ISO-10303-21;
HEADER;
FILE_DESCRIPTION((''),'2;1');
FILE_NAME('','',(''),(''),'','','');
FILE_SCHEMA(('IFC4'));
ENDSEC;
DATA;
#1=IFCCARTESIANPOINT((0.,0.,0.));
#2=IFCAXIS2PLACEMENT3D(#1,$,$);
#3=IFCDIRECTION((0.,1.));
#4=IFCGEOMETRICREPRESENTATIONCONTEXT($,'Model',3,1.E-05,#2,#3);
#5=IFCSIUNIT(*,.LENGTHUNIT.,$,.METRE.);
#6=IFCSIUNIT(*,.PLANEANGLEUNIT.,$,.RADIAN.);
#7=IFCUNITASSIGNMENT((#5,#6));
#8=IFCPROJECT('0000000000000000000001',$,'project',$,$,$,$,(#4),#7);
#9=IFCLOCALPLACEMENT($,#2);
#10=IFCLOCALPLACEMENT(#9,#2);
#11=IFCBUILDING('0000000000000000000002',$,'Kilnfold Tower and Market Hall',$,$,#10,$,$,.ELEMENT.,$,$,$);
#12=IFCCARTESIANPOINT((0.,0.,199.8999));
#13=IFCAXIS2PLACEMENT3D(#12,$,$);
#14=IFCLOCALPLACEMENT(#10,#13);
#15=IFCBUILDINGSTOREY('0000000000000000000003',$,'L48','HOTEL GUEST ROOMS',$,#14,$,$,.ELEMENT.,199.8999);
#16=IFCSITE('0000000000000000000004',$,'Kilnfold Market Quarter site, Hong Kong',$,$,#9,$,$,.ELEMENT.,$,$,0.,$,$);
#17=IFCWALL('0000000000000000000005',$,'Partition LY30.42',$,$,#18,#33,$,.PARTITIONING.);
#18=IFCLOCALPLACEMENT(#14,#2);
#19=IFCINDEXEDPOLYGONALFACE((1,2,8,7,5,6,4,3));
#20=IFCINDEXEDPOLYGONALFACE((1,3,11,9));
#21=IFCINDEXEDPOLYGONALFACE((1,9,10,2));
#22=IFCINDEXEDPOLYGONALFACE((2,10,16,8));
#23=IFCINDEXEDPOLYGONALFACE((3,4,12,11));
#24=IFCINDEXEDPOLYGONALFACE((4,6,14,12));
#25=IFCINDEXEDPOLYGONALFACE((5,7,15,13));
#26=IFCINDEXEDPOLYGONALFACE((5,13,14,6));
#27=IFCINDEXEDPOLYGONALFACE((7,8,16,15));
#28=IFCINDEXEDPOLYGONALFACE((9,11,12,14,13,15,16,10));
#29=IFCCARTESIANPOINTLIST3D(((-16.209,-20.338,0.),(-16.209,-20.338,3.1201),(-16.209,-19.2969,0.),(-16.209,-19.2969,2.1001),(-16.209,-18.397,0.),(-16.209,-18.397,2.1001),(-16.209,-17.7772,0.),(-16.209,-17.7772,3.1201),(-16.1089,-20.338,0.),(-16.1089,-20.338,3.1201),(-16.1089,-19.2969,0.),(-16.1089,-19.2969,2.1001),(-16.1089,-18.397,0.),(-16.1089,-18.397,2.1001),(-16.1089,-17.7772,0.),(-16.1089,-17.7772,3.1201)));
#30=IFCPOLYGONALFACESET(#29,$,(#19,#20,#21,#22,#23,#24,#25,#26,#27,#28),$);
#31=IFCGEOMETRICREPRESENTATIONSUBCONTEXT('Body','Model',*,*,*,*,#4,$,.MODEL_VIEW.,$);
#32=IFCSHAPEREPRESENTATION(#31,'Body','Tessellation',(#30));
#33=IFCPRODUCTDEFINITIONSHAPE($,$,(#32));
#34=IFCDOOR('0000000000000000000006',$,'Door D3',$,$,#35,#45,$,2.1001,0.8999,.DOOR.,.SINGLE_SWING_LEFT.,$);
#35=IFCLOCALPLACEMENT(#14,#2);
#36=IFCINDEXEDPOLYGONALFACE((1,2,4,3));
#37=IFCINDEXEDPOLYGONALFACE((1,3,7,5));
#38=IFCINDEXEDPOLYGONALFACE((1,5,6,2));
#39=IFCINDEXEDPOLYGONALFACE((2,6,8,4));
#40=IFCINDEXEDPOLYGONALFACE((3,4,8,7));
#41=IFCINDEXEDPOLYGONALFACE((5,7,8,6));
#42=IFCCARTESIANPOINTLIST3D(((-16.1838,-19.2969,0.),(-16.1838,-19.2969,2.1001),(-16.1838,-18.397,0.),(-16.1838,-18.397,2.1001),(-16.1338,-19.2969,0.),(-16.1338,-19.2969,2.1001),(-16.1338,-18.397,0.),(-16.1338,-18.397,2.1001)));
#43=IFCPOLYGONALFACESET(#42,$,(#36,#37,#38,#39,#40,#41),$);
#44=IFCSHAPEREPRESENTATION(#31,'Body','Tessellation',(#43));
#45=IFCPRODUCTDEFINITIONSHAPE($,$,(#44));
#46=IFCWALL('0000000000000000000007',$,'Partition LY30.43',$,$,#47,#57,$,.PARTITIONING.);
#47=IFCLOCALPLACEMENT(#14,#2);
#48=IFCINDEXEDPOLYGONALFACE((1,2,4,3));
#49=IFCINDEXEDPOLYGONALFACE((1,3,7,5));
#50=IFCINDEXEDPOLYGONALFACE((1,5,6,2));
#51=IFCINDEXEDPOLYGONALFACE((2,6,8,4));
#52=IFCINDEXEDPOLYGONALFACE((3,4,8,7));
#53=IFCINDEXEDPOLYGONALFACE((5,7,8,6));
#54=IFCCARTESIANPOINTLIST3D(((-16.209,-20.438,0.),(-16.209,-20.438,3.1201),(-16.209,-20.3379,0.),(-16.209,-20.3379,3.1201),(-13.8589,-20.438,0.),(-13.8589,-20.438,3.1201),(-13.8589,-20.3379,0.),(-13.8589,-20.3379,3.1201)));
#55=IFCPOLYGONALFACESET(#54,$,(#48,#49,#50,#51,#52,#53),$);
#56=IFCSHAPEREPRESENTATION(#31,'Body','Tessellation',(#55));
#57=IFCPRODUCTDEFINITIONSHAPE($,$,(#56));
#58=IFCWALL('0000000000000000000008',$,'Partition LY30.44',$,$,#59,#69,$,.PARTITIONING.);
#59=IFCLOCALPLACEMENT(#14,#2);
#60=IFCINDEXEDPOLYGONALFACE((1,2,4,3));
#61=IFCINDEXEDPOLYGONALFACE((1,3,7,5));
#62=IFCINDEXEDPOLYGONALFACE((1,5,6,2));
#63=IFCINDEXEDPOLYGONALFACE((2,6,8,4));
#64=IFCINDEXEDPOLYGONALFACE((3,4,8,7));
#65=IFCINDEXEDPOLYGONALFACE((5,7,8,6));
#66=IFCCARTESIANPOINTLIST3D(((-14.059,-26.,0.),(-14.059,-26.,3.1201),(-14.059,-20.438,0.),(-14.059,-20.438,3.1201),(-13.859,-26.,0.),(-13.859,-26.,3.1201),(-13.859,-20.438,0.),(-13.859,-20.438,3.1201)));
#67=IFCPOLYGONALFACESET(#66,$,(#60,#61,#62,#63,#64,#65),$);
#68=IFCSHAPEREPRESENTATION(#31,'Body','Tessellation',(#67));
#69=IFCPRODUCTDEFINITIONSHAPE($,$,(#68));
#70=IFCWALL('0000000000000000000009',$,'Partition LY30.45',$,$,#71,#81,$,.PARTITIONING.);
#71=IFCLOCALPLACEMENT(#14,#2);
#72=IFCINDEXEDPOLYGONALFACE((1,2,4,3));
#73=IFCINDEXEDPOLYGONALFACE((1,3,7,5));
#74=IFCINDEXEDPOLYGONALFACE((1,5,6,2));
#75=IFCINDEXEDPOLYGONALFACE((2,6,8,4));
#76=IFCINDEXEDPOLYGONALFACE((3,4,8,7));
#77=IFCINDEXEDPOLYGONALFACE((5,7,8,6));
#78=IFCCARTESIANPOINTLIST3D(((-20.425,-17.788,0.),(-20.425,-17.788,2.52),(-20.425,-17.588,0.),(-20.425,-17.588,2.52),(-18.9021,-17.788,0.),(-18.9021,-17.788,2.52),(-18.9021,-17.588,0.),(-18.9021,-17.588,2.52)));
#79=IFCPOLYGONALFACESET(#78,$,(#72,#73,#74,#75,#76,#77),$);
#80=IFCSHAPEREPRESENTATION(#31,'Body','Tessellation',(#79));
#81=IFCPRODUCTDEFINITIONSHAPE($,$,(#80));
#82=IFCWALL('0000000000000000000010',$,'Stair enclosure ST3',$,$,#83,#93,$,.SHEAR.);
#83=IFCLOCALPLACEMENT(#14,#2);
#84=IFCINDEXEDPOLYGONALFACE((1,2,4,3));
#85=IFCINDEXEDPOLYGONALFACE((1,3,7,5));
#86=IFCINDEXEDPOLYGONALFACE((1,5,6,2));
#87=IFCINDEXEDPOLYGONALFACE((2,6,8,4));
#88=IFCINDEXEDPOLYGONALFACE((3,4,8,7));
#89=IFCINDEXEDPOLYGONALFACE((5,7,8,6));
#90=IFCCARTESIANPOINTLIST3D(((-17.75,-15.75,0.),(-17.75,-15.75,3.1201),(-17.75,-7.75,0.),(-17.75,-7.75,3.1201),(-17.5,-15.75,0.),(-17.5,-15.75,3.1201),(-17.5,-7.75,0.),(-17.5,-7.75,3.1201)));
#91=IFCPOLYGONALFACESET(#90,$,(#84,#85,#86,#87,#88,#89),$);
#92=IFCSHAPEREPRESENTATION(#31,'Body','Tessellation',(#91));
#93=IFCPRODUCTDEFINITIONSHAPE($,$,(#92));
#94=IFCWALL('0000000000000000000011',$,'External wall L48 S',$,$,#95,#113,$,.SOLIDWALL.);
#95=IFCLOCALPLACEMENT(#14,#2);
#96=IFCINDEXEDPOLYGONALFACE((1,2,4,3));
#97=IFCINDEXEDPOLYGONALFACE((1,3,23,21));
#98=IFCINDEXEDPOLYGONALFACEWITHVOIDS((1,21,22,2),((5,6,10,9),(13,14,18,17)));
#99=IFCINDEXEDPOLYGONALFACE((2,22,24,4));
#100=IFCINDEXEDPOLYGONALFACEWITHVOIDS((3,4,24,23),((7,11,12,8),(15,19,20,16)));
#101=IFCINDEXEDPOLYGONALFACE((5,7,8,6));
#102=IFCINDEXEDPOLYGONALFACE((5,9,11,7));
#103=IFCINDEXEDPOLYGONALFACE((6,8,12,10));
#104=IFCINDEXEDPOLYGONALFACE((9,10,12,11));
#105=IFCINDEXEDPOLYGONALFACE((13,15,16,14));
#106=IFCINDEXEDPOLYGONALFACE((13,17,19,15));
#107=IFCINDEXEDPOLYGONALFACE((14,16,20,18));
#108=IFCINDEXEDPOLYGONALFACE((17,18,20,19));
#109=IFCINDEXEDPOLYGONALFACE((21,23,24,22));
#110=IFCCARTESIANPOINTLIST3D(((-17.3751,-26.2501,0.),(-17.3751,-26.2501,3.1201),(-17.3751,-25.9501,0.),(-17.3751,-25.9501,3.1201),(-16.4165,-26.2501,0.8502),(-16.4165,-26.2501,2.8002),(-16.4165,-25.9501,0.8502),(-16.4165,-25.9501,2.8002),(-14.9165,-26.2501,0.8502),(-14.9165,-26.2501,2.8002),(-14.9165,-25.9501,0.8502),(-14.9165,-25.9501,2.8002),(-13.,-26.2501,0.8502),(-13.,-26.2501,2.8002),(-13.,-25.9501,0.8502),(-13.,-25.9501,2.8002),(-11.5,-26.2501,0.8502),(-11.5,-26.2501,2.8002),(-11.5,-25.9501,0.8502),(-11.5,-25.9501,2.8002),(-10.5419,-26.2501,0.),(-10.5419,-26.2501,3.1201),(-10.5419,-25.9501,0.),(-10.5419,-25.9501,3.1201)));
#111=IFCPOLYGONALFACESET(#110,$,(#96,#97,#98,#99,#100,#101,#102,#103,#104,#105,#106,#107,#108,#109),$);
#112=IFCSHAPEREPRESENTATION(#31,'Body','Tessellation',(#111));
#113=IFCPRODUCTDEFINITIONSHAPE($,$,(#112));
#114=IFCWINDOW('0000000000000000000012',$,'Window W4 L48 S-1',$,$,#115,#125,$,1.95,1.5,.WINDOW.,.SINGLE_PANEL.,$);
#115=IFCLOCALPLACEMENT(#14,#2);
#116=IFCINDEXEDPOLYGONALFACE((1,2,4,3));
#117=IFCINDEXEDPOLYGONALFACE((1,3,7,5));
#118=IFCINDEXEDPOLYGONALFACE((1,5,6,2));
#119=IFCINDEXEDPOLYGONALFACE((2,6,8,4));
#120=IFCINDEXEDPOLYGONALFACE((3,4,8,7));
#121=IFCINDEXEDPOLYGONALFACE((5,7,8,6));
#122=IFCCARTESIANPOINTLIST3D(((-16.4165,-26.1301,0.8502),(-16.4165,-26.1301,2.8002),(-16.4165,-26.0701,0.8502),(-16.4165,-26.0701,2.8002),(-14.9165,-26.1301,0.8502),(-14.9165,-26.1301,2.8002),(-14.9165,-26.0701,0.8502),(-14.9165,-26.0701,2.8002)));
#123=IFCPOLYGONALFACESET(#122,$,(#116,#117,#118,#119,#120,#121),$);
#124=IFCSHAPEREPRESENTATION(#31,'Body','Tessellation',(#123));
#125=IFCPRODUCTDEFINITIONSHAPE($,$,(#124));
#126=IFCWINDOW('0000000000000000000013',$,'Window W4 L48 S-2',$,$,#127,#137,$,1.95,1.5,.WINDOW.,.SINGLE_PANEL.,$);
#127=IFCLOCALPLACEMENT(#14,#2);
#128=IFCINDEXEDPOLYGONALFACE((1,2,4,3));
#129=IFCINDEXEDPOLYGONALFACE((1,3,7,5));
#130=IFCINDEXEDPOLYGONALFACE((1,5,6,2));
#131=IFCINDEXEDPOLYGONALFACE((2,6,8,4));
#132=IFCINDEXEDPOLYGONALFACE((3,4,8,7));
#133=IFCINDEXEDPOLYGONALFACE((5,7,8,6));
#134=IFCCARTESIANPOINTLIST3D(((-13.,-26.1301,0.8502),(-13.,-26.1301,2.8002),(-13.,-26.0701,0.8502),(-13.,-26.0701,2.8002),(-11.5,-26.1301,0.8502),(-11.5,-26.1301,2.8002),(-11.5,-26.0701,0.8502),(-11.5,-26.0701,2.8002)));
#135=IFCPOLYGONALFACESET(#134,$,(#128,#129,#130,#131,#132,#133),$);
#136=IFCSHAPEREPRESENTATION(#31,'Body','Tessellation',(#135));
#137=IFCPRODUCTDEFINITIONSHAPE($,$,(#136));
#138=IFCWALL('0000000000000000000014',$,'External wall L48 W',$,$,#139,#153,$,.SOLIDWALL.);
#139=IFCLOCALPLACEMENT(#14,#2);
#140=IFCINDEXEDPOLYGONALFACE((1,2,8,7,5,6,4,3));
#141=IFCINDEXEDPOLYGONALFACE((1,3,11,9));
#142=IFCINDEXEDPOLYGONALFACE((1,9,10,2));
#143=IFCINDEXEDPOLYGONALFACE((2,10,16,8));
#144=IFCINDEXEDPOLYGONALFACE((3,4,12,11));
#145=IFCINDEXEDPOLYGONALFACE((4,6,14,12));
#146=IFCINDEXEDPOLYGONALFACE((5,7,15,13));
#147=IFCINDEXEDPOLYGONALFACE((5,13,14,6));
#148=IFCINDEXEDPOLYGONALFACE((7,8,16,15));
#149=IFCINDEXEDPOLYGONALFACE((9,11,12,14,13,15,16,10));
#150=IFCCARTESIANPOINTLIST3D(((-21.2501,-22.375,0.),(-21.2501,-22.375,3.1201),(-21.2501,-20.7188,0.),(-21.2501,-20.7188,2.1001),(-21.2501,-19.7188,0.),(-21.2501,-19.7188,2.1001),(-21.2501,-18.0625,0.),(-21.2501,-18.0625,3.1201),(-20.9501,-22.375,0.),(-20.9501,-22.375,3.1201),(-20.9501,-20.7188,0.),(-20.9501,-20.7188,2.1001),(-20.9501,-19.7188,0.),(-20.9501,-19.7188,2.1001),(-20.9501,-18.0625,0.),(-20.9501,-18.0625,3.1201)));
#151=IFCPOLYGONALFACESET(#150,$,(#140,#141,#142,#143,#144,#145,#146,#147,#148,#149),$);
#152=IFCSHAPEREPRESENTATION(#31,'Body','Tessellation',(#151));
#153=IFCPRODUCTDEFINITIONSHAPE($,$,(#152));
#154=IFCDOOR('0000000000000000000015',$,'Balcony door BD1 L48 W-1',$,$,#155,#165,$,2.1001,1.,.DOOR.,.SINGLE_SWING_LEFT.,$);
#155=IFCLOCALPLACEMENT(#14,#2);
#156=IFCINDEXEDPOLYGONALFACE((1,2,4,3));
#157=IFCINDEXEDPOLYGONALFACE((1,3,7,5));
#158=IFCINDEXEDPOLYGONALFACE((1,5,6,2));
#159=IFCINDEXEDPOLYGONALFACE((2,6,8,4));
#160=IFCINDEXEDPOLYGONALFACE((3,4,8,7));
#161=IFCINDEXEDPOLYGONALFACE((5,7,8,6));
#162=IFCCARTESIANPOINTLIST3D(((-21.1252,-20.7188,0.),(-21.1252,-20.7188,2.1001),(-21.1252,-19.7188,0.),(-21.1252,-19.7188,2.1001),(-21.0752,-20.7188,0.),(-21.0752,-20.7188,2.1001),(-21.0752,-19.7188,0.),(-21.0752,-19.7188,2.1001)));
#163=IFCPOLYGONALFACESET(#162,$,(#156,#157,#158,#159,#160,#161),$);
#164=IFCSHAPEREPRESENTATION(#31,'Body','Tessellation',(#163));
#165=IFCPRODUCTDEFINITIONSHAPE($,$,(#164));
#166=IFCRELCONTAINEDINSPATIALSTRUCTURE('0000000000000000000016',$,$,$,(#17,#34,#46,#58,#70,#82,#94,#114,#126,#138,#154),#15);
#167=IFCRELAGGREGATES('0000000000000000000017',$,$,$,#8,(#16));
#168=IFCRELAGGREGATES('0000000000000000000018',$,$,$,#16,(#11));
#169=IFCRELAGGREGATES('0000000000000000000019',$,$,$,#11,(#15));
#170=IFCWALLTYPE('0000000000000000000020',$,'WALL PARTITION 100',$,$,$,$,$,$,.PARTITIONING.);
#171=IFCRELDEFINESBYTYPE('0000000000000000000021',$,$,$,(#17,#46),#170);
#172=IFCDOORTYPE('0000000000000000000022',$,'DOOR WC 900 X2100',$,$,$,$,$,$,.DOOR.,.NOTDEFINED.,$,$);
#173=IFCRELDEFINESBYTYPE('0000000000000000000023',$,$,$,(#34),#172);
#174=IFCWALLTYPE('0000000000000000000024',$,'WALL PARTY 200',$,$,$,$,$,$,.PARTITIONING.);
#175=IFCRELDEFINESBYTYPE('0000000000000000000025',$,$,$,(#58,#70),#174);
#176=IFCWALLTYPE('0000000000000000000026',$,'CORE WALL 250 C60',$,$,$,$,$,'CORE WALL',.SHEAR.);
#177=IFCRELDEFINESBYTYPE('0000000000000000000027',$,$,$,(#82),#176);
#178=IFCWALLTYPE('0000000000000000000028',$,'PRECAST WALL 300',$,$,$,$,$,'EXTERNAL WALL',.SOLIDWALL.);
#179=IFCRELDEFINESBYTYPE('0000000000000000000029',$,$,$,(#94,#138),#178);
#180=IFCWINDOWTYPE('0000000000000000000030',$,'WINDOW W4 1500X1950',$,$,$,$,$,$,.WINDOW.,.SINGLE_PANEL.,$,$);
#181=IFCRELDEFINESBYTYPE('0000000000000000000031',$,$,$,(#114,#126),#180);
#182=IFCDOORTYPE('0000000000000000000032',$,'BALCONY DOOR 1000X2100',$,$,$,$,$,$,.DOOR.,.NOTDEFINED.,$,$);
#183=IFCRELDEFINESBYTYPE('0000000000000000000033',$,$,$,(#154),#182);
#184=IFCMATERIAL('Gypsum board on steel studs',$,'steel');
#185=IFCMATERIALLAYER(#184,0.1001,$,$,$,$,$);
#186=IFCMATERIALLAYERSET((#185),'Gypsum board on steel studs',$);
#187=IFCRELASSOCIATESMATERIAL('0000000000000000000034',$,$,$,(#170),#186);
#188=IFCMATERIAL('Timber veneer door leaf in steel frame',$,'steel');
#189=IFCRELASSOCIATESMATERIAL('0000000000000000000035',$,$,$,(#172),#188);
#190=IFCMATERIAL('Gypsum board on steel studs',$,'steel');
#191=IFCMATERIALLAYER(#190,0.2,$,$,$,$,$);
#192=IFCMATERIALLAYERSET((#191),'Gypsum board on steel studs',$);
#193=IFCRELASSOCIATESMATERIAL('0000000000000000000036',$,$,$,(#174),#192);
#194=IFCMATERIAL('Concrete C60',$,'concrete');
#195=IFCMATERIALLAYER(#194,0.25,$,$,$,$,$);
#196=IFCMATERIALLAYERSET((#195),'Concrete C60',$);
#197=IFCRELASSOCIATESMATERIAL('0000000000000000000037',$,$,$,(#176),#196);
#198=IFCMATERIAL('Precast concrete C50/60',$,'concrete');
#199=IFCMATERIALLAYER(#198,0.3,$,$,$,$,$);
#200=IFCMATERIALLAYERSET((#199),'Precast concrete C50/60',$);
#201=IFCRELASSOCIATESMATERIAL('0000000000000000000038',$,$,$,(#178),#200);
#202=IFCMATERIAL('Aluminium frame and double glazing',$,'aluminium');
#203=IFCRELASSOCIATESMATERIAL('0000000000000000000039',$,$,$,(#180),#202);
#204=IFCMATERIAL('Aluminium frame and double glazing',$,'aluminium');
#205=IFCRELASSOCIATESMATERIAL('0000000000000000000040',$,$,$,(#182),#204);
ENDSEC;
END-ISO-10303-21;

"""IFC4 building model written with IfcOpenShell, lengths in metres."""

from ifc_helpers import new_model, si_unit, direction, frame, frame_2d, origin, place, context, subcontext, project, spatial, rectangle, extrude, source, transform, mapped, material, layer, layer_set, type_object, element, fill, save


model = new_model("IFC4")

# Units and contexts
model_context = context("Model", 3, precision=1e-05, world=origin(), true_north=direction((0.0, 1.0)))
body_context = subcontext(model_context, "Body", "Model", "MODEL_VIEW")
ifc_project = project(units=[si_unit("LENGTHUNIT", "METRE"), si_unit("PLANEANGLEUNIT", "RADIAN")], contexts=[model_context])

# Site, building, storey
site_placement = place(None, origin())
site = spatial("IfcSite", under=ifc_project, at=site_placement, Name="Kilnfold Market Quarter site, Hong Kong", CompositionType="ELEMENT", RefElevation=0.0)
building_placement = place(site_placement, origin())
building = spatial("IfcBuilding", under=site, at=building_placement, Name="Kilnfold Tower and Market Hall", CompositionType="ELEMENT")
storey_placement = place(building_placement, frame((0.0, 0.0, 199.8999)))
storey = spatial("IfcBuildingStorey", under=building, at=storey_placement, Name="L48", Description="HOTEL GUEST ROOMS", CompositionType="ELEMENT", Elevation=199.8999)

# Wall, opening, door
ifc_material_1 = material(Name="Gypsum board on steel studs", Category="steel")
ifc_layer_1 = layer(ifc_material_1, 0.1001)
ifc_layer_set_1 = layer_set([ifc_layer_1], Name="Gypsum board on steel studs")
wall_type_1 = type_object("IfcWallType", Name="WALL PARTITION 100", PredefinedType="PARTITIONING", material=ifc_layer_set_1)
wall_1_placement = place(storey_placement, frame((-16.1589, -20.3379, 0.0), z_axis=(0.0, 0.0, 1.0), x_axis=(0.0, 1.0, 0.0)))
wall_1 = element("IfcWall", 1, at=wall_1_placement, inside=storey, type_object=wall_type_1, Name="Partition LY30.42", PredefinedType="PARTITIONING", context=body_context, shape_type="SweptSolid", body=[
    extrude(rectangle(XDim=2.5608, YDim=0.1001, at=frame_2d((1.2803, 0.0))), origin(), (0.0, 0.0, 1.0), 3.1201),
])
opening_1_placement = place(wall_1_placement, frame((1.041, 0.0, 0.0)))
opening_1 = element("IfcOpeningElement", 2, at=opening_1_placement, cuts=wall_1, PredefinedType="OPENING", context=body_context, shape_type="SweptSolid", body=[
    extrude(rectangle(XDim=0.8999, YDim=2.1001, at=frame_2d((0.45, 1.05))), frame((0.0, 0.0601, 0.0), z_axis=(0.0, -1.0, 0.0), x_axis=(1.0, 0.0, 0.0)), (0.0, 0.0, 1.0), 0.1201),
])
ifc_material_2 = material(Name="Timber veneer door leaf in steel frame", Category="steel")
door_type_1 = type_object("IfcDoorType", Name="DOOR WC 900 X2100", OperationType="NOTDEFINED", PredefinedType="DOOR", material=ifc_material_2)
door_1_placement = place(opening_1_placement, origin())
door_1 = element("IfcDoor", 3, at=door_1_placement, inside=storey, type_object=door_type_1, Name="Door D3", OperationType="SINGLE_SWING_LEFT", OverallHeight=2.1001, OverallWidth=0.8999, PredefinedType="DOOR", context=body_context, shape_type="SweptSolid", body=[
    extrude(rectangle(XDim=0.8999, YDim=2.1001, at=frame_2d((0.45, 1.05))), frame((0.0, 0.0249, 0.0), z_axis=(0.0, -1.0, 0.0), x_axis=(1.0, 0.0, 0.0)), (0.0, 0.0, 1.0), 0.05),
])
fill(opening_1, door_1)

# Walls
wall_2_placement = place(storey_placement, frame((-16.209, -20.3879, 0.0), z_axis=(0.0, 0.0, 1.0), x_axis=(1.0, 0.0, 0.0)))
element("IfcWall", 4, at=wall_2_placement, inside=storey, type_object=wall_type_1, Name="Partition LY30.43", PredefinedType="PARTITIONING", context=body_context, shape_type="SweptSolid", body=[
    extrude(rectangle(XDim=2.3501, YDim=0.1001, at=frame_2d((1.175, 0.0))), origin(), (0.0, 0.0, 1.0), 3.1201),
])
ifc_material_3 = material(Name="Gypsum board on steel studs", Category="steel")
ifc_layer_2 = layer(ifc_material_3, 0.2)
ifc_layer_set_2 = layer_set([ifc_layer_2], Name="Gypsum board on steel studs")
wall_type_2 = type_object("IfcWallType", Name="WALL PARTY 200", PredefinedType="PARTITIONING", material=ifc_layer_set_2)
wall_3_placement = place(storey_placement, frame((-13.959, -26.0, 0.0), z_axis=(0.0, 0.0, 1.0), x_axis=(0.0, 1.0, 0.0)))
element("IfcWall", 5, at=wall_3_placement, inside=storey, type_object=wall_type_2, Name="Partition LY30.44", PredefinedType="PARTITIONING", context=body_context, shape_type="SweptSolid", body=[
    extrude(rectangle(XDim=5.562, YDim=0.2, at=frame_2d((2.781, 0.0))), origin(), (0.0, 0.0, 1.0), 3.1201),
])
wall_4_placement = place(storey_placement, frame((-20.425, -17.688, 0.0), z_axis=(0.0, 0.0, 1.0), x_axis=(1.0, 0.0, 0.0)))
element("IfcWall", 6, at=wall_4_placement, inside=storey, type_object=wall_type_2, Name="Partition LY30.45", PredefinedType="PARTITIONING", context=body_context, shape_type="SweptSolid", body=[
    extrude(rectangle(XDim=1.5229, YDim=0.2, at=frame_2d((0.7615, 0.0))), origin(), (0.0, 0.0, 1.0), 2.52),
])
ifc_material_4 = material(Name="Concrete C60", Category="concrete")
ifc_layer_3 = layer(ifc_material_4, 0.25)
ifc_layer_set_3 = layer_set([ifc_layer_3], Name="Concrete C60")
wall_type_3 = type_object("IfcWallType", Name="CORE WALL 250 C60", ElementType="CORE WALL", PredefinedType="SHEAR", material=ifc_layer_set_3)
shared_shape_1 = source(origin(), body_context, "Body", "SweptSolid", [
    extrude(rectangle(XDim=8.0, YDim=0.25, at=frame_2d((4.0, 0.0))), origin(), (0.0, 0.0, 1.0), 3.1201),
])
wall_5_placement = place(storey_placement, frame((-17.625, -15.75, 0.0), z_axis=(0.0, 0.0, 1.0), x_axis=(0.0, 1.0, 0.0)))
element("IfcWall", 7, at=wall_5_placement, inside=storey, type_object=wall_type_3, Name="Stair enclosure ST3", PredefinedType="SHEAR", context=body_context, shape_type="MappedRepresentation", body=[
    mapped(shared_shape_1, transform((0.0, 0.0, 0.0))),
])

# Wall, openings, windows
ifc_material_5 = material(Name="Precast concrete C50/60", Category="concrete")
ifc_layer_4 = layer(ifc_material_5, 0.3)
ifc_layer_set_4 = layer_set([ifc_layer_4], Name="Precast concrete C50/60")
wall_type_4 = type_object("IfcWallType", Name="PRECAST WALL 300", ElementType="EXTERNAL WALL", PredefinedType="SOLIDWALL", material=ifc_layer_set_4)
shared_shape_2 = source(origin(), body_context, "Body", "SweptSolid", [
    extrude(rectangle(XDim=6.8333, YDim=0.3, at=frame_2d((3.4165, 0.0))), origin(), (0.0, 0.0, 1.0), 3.1201),
])
wall_6_placement = place(storey_placement, frame((-17.375, -26.1001, 0.0), z_axis=(0.0, 0.0, 1.0), x_axis=(1.0, 0.0, 0.0)))
wall_6 = element("IfcWall", 8, at=wall_6_placement, inside=storey, type_object=wall_type_4, Name="External wall L48 S", PredefinedType="SOLIDWALL", context=body_context, shape_type="MappedRepresentation", body=[
    mapped(shared_shape_2, transform((0.0, 0.0, 0.0))),
])
opening_2_placement = place(wall_6_placement, frame((0.9585, 0.0, 0.8501)))
opening_2 = element("IfcOpeningElement", 9, at=opening_2_placement, cuts=wall_6, PredefinedType="OPENING", context=body_context, shape_type="SweptSolid", body=[
    extrude(rectangle(XDim=1.5, YDim=1.95, at=frame_2d((0.75, 0.9751))), frame((0.0, 0.1602, 0.0), z_axis=(0.0, -1.0, 0.0), x_axis=(1.0, 0.0, 0.0)), (0.0, 0.0, 1.0), 0.3201),
])
opening_3_placement = place(wall_6_placement, frame((4.375, 0.0, 0.8501)))
opening_3 = element("IfcOpeningElement", 10, at=opening_3_placement, cuts=wall_6, PredefinedType="OPENING", context=body_context, shape_type="SweptSolid", body=[
    extrude(rectangle(XDim=1.5, YDim=1.95, at=frame_2d((0.75, 0.9751))), frame((0.0, 0.1602, 0.0), z_axis=(0.0, -1.0, 0.0), x_axis=(1.0, 0.0, 0.0)), (0.0, 0.0, 1.0), 0.3201),
])
ifc_material_6 = material(Name="Aluminium frame and double glazing", Category="aluminium")
window_type = type_object("IfcWindowType", Name="WINDOW W4 1500X1950", PartitioningType="SINGLE_PANEL", PredefinedType="WINDOW", material=ifc_material_6)
window_1_placement = place(opening_2_placement, origin())
window_1 = element("IfcWindow", 11, at=window_1_placement, inside=storey, type_object=window_type, Name="Window W4 L48 S-1", OverallHeight=1.95, OverallWidth=1.5, PartitioningType="SINGLE_PANEL", PredefinedType="WINDOW", context=body_context, shape_type="SweptSolid", body=[
    extrude(rectangle(XDim=1.5, YDim=1.95, at=frame_2d((0.75, 0.9751))), frame((0.0, 0.03, 0.0), z_axis=(0.0, -1.0, 0.0), x_axis=(1.0, 0.0, 0.0)), (0.0, 0.0, 1.0), 0.0601),
])
fill(opening_2, window_1)
window_2_placement = place(opening_3_placement, origin())
window_2 = element("IfcWindow", 12, at=window_2_placement, inside=storey, type_object=window_type, Name="Window W4 L48 S-2", OverallHeight=1.95, OverallWidth=1.5, PartitioningType="SINGLE_PANEL", PredefinedType="WINDOW", context=body_context, shape_type="SweptSolid", body=[
    extrude(rectangle(XDim=1.5, YDim=1.95, at=frame_2d((0.75, 0.9751))), frame((0.0, 0.03, 0.0), z_axis=(0.0, -1.0, 0.0), x_axis=(1.0, 0.0, 0.0)), (0.0, 0.0, 1.0), 0.0601),
])
fill(opening_3, window_2)

# Wall, opening, door
shared_shape_3 = source(origin(), body_context, "Body", "SweptSolid", [
    extrude(rectangle(XDim=4.3125, YDim=0.3, at=frame_2d((2.1562, 0.0))), origin(), (0.0, 0.0, 1.0), 3.1201),
])
wall_7_placement = place(storey_placement, frame((-21.1001, -18.0625, 0.0), z_axis=(0.0, 0.0, 1.0), x_axis=(0.0, -1.0, 0.0)))
wall_7 = element("IfcWall", 13, at=wall_7_placement, inside=storey, type_object=wall_type_4, Name="External wall L48 W", PredefinedType="SOLIDWALL", context=body_context, shape_type="MappedRepresentation", body=[
    mapped(shared_shape_3, transform((0.0, 0.0, 0.0))),
])
opening_4_placement = place(wall_7_placement, frame((1.6562, 0.0, 0.0)))
opening_4 = element("IfcOpeningElement", 14, at=opening_4_placement, cuts=wall_7, PredefinedType="OPENING", context=body_context, shape_type="SweptSolid", body=[
    extrude(rectangle(XDim=1.0, YDim=2.1001, at=frame_2d((0.5, 1.05))), frame((0.0, 0.1602, 0.0), z_axis=(0.0, -1.0, 0.0), x_axis=(1.0, 0.0, 0.0)), (0.0, 0.0, 1.0), 0.3201),
])
ifc_material_7 = material(Name="Aluminium frame and double glazing", Category="aluminium")
door_type_2 = type_object("IfcDoorType", Name="BALCONY DOOR 1000X2100", OperationType="NOTDEFINED", PredefinedType="DOOR", material=ifc_material_7)
door_2_placement = place(opening_4_placement, origin())
door_2 = element("IfcDoor", 15, at=door_2_placement, inside=storey, type_object=door_type_2, Name="Balcony door BD1 L48 W-1", OperationType="SINGLE_SWING_LEFT", OverallHeight=2.1001, OverallWidth=1.0, PredefinedType="DOOR", context=body_context, shape_type="SweptSolid", body=[
    extrude(rectangle(XDim=1.0, YDim=2.1001, at=frame_2d((0.5, 1.05))), frame((0.0, 0.0249, 0.0), z_axis=(0.0, -1.0, 0.0), x_axis=(1.0, 0.0, 0.0)), (0.0, 0.0, 1.0), 0.05),
])
fill(opening_4, door_2)

save(model, "model.ifc")
